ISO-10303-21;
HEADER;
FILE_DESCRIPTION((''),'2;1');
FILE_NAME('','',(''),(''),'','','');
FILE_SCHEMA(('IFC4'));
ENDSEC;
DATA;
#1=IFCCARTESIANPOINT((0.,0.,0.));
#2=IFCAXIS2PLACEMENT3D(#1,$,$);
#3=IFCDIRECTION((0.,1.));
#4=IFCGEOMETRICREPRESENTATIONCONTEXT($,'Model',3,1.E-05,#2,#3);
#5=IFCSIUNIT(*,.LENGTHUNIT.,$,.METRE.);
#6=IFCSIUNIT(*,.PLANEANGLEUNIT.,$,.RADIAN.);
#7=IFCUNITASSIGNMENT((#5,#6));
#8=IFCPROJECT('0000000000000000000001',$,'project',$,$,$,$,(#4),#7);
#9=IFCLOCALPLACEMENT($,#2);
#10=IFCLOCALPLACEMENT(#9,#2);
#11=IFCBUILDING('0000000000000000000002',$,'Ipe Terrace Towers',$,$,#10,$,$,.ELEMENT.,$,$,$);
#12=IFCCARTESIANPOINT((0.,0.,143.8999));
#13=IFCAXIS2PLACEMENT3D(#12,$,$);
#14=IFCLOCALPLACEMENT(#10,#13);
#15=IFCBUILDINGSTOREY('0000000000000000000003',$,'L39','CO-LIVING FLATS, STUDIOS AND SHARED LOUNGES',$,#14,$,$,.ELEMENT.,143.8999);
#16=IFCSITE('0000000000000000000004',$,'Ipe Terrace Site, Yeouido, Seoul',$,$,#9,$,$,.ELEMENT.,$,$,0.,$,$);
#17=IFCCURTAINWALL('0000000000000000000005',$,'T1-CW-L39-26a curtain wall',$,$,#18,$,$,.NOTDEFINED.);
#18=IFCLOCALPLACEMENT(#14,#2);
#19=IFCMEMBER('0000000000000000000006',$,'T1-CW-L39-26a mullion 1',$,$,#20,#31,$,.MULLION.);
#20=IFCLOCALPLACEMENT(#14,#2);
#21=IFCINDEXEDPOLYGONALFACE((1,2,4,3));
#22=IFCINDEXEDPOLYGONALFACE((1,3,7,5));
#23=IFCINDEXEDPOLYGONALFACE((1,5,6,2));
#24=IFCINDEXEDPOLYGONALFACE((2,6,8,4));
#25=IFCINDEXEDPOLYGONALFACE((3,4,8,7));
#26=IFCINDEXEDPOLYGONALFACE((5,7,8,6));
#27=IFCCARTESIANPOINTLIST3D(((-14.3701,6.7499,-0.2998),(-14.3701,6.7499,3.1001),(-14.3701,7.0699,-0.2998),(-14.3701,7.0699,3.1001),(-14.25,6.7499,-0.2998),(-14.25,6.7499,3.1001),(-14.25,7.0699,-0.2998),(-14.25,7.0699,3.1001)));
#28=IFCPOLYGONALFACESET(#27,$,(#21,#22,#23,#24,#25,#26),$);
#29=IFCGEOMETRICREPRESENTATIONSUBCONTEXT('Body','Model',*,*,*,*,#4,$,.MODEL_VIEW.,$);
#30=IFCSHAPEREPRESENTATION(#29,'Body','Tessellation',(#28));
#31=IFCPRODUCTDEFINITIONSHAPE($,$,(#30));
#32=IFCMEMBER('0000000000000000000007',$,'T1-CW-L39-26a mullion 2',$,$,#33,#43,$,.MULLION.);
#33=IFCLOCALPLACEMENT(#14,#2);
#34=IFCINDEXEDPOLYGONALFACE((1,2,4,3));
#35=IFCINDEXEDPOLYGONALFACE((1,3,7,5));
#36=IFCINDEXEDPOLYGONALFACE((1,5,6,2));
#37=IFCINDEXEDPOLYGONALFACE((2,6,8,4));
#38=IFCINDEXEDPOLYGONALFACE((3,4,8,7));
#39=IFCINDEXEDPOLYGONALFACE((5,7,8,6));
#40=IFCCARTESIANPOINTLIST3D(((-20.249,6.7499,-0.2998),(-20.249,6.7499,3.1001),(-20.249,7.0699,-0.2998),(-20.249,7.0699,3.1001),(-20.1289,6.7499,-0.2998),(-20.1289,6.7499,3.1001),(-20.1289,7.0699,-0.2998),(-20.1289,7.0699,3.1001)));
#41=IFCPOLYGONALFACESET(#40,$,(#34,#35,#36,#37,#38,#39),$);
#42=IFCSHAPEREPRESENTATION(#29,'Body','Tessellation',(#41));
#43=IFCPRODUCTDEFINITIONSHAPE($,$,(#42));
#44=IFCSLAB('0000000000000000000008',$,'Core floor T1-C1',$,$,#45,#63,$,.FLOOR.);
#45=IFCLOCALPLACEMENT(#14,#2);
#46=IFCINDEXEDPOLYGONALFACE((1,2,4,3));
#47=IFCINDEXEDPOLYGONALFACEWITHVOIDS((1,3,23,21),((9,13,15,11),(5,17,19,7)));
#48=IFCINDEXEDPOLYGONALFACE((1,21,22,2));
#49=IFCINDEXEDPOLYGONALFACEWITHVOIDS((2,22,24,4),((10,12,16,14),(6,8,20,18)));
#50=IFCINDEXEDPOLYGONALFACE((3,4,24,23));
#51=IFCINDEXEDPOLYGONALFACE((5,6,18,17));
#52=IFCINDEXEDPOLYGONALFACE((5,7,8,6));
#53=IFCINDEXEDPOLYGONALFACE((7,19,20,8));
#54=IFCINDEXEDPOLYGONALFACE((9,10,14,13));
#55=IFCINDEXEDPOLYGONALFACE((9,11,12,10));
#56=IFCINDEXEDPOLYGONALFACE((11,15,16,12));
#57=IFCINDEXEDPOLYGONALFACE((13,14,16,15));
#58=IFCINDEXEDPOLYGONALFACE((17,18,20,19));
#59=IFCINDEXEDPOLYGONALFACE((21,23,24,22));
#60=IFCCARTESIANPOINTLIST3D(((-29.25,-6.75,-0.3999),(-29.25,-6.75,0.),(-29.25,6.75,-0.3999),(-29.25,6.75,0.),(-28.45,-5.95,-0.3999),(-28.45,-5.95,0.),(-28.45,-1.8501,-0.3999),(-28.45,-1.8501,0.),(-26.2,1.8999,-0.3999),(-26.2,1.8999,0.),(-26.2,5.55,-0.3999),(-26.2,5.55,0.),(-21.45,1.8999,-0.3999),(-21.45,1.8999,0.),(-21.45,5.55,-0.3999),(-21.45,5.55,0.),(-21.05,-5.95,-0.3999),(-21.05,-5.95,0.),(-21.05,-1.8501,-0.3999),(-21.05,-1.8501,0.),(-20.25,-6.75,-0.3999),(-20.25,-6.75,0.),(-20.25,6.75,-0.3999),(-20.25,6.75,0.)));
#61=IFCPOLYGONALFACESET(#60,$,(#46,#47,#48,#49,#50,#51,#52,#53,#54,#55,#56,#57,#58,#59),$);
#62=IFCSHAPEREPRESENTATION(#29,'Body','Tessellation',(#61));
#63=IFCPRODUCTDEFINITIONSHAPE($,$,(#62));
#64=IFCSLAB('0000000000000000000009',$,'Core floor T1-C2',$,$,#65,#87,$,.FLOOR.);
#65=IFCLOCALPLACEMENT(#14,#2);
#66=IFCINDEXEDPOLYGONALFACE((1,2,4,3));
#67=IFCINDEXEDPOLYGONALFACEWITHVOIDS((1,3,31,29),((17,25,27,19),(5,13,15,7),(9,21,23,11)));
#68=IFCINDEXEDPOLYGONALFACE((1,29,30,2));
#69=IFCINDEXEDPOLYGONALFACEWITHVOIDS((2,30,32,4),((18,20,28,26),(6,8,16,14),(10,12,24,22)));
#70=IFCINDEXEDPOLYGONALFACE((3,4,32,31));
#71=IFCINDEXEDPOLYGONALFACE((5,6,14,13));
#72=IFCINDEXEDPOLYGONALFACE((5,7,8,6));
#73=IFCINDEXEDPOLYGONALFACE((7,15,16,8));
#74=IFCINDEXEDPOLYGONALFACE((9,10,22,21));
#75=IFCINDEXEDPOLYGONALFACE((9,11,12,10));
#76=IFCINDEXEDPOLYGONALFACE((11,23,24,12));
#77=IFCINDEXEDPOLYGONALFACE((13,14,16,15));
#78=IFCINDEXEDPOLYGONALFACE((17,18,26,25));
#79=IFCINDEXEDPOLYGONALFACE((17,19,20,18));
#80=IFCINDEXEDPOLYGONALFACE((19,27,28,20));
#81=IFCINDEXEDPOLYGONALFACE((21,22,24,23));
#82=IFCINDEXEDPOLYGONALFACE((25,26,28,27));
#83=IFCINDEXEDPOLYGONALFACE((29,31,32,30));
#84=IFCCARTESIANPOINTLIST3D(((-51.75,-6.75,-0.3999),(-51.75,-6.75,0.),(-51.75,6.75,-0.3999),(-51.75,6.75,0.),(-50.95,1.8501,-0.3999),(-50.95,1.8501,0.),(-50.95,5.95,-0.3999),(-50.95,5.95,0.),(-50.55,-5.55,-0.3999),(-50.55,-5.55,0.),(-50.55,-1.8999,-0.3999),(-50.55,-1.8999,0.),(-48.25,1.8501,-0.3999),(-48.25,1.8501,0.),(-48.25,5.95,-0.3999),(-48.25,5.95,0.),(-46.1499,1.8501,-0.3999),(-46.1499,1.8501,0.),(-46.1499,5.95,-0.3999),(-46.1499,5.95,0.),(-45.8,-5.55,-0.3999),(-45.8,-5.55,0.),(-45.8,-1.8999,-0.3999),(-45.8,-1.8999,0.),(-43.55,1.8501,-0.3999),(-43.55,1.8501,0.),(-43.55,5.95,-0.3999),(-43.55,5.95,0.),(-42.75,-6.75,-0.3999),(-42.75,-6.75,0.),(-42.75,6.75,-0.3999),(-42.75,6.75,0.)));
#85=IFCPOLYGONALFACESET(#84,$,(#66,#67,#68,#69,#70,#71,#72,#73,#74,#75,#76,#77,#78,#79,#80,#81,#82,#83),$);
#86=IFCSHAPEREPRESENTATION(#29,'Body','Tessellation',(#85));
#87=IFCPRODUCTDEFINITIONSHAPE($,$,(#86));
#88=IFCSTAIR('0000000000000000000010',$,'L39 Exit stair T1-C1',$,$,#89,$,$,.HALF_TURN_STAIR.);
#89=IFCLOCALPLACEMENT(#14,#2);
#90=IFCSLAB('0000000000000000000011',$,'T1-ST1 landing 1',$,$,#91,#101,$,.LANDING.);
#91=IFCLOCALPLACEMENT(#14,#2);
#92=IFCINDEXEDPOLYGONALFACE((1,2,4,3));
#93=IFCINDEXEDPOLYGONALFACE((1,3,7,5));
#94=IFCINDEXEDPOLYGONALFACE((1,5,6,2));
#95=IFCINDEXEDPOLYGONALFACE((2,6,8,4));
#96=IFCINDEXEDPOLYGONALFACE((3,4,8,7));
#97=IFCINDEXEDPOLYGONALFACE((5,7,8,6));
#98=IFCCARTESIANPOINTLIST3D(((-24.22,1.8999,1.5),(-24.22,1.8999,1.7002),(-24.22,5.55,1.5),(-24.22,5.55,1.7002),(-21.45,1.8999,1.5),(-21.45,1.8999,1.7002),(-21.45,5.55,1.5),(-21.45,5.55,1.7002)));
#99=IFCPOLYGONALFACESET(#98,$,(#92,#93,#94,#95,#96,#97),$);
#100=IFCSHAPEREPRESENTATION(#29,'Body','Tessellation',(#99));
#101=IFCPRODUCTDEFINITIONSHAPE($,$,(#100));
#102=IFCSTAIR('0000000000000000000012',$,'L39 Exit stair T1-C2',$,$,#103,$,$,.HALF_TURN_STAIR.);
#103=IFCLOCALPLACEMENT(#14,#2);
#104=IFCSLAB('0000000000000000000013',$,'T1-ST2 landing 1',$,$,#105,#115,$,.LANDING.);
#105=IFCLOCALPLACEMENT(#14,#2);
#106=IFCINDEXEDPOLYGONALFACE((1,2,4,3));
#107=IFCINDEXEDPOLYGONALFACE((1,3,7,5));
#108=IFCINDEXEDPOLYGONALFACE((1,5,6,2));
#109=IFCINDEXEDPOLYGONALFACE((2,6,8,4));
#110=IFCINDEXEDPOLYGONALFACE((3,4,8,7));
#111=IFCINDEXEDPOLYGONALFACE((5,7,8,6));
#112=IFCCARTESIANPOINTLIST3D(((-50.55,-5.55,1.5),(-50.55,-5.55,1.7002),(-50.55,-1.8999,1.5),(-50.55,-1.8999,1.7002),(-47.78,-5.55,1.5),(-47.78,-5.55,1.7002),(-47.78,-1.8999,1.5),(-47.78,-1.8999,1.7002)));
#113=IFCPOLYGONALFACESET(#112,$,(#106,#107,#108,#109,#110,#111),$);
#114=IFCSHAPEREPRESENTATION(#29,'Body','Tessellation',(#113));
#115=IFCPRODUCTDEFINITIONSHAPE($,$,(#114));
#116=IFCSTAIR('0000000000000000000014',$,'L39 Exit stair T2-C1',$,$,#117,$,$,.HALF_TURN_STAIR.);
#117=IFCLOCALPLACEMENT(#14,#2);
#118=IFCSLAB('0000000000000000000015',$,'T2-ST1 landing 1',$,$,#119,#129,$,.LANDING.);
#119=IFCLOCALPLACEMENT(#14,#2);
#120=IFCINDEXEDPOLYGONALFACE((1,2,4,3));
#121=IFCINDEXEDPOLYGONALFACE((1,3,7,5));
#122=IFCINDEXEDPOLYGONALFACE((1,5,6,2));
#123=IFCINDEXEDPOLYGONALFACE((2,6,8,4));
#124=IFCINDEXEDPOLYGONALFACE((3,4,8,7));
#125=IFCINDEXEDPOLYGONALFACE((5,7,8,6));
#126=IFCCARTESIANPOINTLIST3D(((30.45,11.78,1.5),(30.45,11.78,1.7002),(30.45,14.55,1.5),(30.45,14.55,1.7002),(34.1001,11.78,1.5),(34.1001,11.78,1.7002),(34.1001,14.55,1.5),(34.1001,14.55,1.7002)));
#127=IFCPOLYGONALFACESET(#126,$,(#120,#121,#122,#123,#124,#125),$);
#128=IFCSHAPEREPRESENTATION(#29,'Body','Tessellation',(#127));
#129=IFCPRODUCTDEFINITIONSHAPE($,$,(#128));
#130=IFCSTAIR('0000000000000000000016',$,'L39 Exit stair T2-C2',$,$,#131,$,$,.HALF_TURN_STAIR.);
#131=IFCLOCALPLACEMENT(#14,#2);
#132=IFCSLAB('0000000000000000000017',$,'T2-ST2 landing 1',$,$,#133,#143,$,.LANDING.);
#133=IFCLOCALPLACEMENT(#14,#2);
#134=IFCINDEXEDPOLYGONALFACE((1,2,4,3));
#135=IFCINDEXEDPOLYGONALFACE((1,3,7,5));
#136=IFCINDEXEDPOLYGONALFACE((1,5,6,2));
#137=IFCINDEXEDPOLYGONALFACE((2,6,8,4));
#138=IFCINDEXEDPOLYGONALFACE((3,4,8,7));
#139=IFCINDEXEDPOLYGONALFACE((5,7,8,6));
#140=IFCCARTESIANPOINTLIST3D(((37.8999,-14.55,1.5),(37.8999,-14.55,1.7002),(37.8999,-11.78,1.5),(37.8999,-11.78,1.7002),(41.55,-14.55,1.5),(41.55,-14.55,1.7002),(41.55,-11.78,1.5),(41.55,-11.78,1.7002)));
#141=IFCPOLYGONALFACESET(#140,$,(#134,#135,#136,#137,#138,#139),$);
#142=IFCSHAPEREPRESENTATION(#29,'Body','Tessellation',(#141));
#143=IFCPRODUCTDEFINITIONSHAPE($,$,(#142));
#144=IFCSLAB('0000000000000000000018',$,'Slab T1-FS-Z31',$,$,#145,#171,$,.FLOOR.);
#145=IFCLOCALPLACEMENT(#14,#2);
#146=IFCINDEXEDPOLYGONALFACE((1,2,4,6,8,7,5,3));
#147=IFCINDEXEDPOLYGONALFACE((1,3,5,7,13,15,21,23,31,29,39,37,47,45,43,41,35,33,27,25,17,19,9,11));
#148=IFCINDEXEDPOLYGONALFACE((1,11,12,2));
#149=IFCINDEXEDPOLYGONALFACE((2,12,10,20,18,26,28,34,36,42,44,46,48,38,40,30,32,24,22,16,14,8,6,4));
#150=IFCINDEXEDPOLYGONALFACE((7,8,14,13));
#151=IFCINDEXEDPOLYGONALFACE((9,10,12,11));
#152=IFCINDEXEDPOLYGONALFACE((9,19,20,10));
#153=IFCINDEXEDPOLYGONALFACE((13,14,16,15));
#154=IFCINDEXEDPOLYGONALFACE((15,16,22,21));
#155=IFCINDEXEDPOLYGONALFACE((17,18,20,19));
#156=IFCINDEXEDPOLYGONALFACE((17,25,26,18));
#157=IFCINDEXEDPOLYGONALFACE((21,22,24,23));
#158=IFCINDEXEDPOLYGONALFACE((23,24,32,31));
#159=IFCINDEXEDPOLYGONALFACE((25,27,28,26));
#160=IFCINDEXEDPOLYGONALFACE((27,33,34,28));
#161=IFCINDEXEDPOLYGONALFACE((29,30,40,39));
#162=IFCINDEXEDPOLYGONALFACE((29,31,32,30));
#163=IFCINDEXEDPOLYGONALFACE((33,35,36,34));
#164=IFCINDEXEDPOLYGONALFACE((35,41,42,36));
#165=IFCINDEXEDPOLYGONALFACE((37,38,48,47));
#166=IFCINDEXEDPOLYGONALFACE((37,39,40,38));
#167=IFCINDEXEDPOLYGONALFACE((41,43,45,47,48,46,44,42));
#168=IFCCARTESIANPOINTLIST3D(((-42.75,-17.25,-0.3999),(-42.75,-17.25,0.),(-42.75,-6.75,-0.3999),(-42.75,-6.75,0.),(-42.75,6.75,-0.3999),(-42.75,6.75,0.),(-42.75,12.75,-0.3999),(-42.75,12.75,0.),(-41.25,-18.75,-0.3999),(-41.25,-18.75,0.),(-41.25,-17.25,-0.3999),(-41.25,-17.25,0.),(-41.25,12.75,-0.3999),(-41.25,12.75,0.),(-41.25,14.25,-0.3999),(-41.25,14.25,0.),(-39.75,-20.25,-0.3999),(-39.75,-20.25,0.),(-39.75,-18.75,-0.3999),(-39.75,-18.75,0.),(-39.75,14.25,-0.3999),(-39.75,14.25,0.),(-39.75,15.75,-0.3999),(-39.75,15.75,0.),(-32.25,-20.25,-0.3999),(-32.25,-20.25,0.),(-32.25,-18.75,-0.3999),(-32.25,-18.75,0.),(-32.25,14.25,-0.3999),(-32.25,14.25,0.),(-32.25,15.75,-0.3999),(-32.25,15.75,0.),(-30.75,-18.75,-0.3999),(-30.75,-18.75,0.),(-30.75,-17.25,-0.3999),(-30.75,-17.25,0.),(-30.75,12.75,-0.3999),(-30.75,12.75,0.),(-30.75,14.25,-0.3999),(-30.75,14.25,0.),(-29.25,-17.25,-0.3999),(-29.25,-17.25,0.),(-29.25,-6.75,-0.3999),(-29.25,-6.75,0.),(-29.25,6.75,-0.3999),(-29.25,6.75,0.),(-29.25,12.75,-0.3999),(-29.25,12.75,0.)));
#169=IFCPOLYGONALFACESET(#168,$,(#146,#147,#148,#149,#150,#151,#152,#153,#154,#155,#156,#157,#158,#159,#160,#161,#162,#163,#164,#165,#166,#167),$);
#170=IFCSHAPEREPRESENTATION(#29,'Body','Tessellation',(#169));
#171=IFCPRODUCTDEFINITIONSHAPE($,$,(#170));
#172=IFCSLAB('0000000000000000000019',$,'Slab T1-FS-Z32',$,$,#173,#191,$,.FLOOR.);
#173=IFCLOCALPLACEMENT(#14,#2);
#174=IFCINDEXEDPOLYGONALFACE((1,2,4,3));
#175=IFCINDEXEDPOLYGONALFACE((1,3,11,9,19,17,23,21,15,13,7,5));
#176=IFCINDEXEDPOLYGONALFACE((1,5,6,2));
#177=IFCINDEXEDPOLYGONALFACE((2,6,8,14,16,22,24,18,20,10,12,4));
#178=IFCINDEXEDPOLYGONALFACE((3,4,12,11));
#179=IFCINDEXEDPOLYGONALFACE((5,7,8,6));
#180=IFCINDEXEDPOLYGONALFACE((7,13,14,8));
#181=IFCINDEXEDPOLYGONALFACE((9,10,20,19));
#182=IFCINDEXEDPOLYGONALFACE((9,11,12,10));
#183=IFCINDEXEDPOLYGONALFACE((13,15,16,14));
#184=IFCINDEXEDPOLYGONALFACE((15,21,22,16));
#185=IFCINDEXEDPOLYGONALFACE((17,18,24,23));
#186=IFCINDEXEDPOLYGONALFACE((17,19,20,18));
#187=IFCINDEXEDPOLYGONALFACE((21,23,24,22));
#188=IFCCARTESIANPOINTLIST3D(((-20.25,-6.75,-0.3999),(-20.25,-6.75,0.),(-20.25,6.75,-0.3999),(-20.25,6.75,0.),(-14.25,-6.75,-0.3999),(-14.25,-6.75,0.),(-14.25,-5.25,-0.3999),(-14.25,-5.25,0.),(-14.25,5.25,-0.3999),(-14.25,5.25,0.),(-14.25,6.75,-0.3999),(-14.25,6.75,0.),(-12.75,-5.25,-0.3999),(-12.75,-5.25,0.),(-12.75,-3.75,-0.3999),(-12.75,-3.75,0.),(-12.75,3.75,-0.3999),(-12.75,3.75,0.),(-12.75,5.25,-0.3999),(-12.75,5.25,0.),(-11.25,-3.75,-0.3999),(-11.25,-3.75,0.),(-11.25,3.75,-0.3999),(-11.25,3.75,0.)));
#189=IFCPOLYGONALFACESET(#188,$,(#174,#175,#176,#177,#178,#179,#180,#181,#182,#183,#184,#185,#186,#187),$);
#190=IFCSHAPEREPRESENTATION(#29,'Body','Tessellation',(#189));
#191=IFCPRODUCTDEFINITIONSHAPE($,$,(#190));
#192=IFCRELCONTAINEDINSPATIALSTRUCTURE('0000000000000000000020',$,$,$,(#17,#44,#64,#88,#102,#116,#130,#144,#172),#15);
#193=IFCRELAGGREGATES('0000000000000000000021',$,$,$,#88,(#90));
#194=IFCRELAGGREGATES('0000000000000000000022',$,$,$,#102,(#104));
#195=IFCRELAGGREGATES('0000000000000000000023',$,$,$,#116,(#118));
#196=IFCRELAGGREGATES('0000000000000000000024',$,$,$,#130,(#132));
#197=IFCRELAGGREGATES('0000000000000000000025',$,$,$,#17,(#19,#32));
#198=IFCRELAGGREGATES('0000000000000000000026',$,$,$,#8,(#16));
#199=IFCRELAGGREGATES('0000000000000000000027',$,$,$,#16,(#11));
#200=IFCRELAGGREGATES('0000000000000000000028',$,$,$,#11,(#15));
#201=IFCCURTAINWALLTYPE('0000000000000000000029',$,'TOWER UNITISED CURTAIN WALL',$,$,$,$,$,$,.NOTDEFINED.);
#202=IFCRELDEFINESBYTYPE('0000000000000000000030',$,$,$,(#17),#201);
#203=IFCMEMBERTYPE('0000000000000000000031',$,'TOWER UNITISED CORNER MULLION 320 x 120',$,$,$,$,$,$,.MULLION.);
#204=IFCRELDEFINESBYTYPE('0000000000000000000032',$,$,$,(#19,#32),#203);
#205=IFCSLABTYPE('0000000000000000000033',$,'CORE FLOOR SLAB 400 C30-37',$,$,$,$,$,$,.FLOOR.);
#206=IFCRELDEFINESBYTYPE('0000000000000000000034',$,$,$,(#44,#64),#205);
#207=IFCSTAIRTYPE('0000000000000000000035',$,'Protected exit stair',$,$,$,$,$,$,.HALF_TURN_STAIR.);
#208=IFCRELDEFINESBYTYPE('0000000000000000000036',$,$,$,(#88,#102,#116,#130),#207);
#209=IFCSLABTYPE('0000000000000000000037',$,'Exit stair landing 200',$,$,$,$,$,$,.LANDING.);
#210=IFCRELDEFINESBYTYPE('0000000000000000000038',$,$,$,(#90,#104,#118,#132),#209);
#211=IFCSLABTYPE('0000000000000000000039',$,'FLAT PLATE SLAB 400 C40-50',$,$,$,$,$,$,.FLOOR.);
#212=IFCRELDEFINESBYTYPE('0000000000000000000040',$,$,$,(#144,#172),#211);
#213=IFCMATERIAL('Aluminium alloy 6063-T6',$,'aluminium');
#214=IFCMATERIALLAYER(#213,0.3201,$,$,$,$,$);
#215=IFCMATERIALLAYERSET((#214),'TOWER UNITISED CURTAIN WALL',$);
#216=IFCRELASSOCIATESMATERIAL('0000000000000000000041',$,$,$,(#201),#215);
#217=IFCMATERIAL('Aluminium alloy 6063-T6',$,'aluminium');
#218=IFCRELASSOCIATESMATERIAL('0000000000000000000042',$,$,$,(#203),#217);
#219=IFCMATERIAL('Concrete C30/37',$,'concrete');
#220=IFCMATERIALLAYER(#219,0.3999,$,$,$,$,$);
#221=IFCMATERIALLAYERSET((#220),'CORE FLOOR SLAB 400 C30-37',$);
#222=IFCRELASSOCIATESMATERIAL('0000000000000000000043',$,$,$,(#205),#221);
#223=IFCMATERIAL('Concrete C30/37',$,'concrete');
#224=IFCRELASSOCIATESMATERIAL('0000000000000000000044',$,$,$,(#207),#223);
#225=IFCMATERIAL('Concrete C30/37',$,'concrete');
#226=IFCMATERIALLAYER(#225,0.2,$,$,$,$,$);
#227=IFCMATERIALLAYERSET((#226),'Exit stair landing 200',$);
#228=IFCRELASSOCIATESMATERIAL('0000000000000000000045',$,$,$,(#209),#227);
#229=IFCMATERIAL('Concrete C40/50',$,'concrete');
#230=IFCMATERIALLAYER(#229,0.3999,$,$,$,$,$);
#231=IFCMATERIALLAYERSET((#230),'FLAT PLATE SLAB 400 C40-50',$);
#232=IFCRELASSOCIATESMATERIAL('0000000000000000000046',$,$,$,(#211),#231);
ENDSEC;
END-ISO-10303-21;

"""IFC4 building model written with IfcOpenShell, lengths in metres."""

from ifc_helpers import new_model, si_unit, direction, frame, origin, origin_2d, place, context, subcontext, project, spatial, polyline, rectangle, outline, extrude, material, layer, layer_set, material_profile, profile_set, type_object, element, aggregate, save


model = new_model("IFC4")

# Units and contexts
model_context = context("Model", 3, precision=1e-05, world=origin(), true_north=direction((0.0, 1.0)))
body_context = subcontext(model_context, "Body", "Model", "MODEL_VIEW")
ifc_project = project(units=[si_unit("LENGTHUNIT", "METRE"), si_unit("PLANEANGLEUNIT", "RADIAN")], contexts=[model_context])

# Site, building, storey
site_placement = place(None, origin())
site = spatial("IfcSite", under=ifc_project, at=site_placement, Name="Ipe Terrace Site, Yeouido, Seoul", CompositionType="ELEMENT", RefElevation=0.0)
building_placement = place(site_placement, origin())
building = spatial("IfcBuilding", under=site, at=building_placement, Name="Ipe Terrace Towers", CompositionType="ELEMENT")
storey_placement = place(building_placement, frame((0.0, 0.0, 143.8999)))
storey = spatial("IfcBuildingStorey", under=building, at=storey_placement, Name="L39", Description="CO-LIVING FLATS, STUDIOS AND SHARED LOUNGES", CompositionType="ELEMENT", Elevation=143.8999)

# Shared definitions
ifc_material_1 = material(Name="Aluminium alloy 6063-T6", Category="aluminium")
ifc_layer_1 = layer(ifc_material_1, 0.3201)
ifc_layer_set_1 = layer_set([ifc_layer_1], Name="TOWER UNITISED CURTAIN WALL")
curtain_wall_type = type_object("IfcCurtainWallType", Name="TOWER UNITISED CURTAIN WALL", PredefinedType="NOTDEFINED", material=ifc_layer_set_1)
ifc_material_2 = material(Name="Aluminium alloy 6063-T6", Category="aluminium")
ifc_material_profile_1 = material_profile(ifc_material_2, rectangle(XDim=0.3201, YDim=0.1201, at=origin_2d()), Name="TOWER UNITISED CORNER MULLION 320 x 120")
ifc_profile_set_1 = profile_set([ifc_material_profile_1], Name="Aluminium alloy 6063-T6")
member_type = type_object("IfcMemberType", Name="TOWER UNITISED CORNER MULLION 320 x 120", PredefinedType="MULLION", material=ifc_profile_set_1)

# Curtain wall, members
curtain_wall_1_placement = place(storey_placement, origin())
curtain_wall_1 = element("IfcCurtainWall", 1, at=curtain_wall_1_placement, inside=storey, type_object=curtain_wall_type, Name="T1-CW-L39-26a curtain wall", PredefinedType="NOTDEFINED")
member_1_placement = place(storey_placement, frame((-14.3101, 6.9099, -0.2998), z_axis=(0.0, 0.0, 1.0), x_axis=(0.0, 1.0, 0.0)))
member_1 = element("IfcMember", 2, at=member_1_placement, type_object=member_type, Name="T1-CW-L39-26a mullion 1", PredefinedType="MULLION", context=body_context, shape_type="SweptSolid", body=[
    extrude(rectangle(XDim=0.3201, YDim=0.1201, at=origin_2d()), origin(), (0.0, 0.0, 1.0), 3.3999),
])
member_2_placement = place(storey_placement, frame((-20.189, 6.9099, -0.2998), z_axis=(0.0, 0.0, 1.0), x_axis=(0.0, 1.0, 0.0)))
member_2 = element("IfcMember", 3, at=member_2_placement, type_object=member_type, Name="T1-CW-L39-26a mullion 2", PredefinedType="MULLION", context=body_context, shape_type="SweptSolid", body=[
    extrude(rectangle(XDim=0.3201, YDim=0.1201, at=origin_2d()), origin(), (0.0, 0.0, 1.0), 3.3999),
])

# Slabs
ifc_material_3 = material(Name="Concrete C30/37", Category="concrete")
ifc_layer_2 = layer(ifc_material_3, 0.3999)
ifc_layer_set_2 = layer_set([ifc_layer_2], Name="CORE FLOOR SLAB 400 C30-37")
slab_type_1 = type_object("IfcSlabType", Name="CORE FLOOR SLAB 400 C30-37", PredefinedType="FLOOR", material=ifc_layer_set_2)
slab_1_placement = place(storey_placement, frame((0.0, 0.0, -0.3999)))
element("IfcSlab", 4, at=slab_1_placement, inside=storey, type_object=slab_type_1, Name="Core floor T1-C1", PredefinedType="FLOOR", context=body_context, shape_type="SweptSolid", body=[
    extrude(outline(polyline([(-29.25, -6.75), (-29.25, 6.75), (-20.25, 6.75), (-20.25, -6.75), (-29.25, -6.75)]), holes=[polyline([(-28.45, -5.95), (-21.05, -5.95), (-21.05, -1.8501), (-28.45, -1.8501), (-28.45, -5.95)]), polyline([(-26.2, 5.55), (-26.2, 1.8999), (-21.45, 1.8999), (-21.45, 5.55), (-26.2, 5.55)])]), origin(), (0.0, 0.0, 1.0), 0.3999),
])
slab_2_placement = place(storey_placement, frame((0.0, 0.0, -0.3999)))
element("IfcSlab", 5, at=slab_2_placement, inside=storey, type_object=slab_type_1, Name="Core floor T1-C2", PredefinedType="FLOOR", context=body_context, shape_type="SweptSolid", body=[
    extrude(outline(polyline([(-51.75, -6.75), (-51.75, 6.75), (-42.75, 6.75), (-42.75, -6.75), (-51.75, -6.75)]), holes=[polyline([(-45.8, -1.8999), (-50.55, -1.8999), (-50.55, -5.55), (-45.8, -5.55), (-45.8, -1.8999)]), polyline([(-48.25, 1.8501), (-48.25, 5.95), (-50.95, 5.95), (-50.95, 1.8501), (-48.25, 1.8501)]), polyline([(-43.55, 1.8501), (-43.55, 5.95), (-46.1499, 5.95), (-46.1499, 1.8501), (-43.55, 1.8501)])]), origin(), (0.0, 0.0, 1.0), 0.3999),
])

# Stairs, slabs
ifc_material_4 = material(Name="Concrete C30/37", Category="concrete")
stair_type = type_object("IfcStairType", Name="Protected exit stair", PredefinedType="HALF_TURN_STAIR", material=ifc_material_4)
stair_1_placement = place(storey_placement, origin())
stair_1 = element("IfcStair", 6, at=stair_1_placement, inside=storey, type_object=stair_type, Name="L39 Exit stair T1-C1", PredefinedType="HALF_TURN_STAIR")
ifc_material_5 = material(Name="Concrete C30/37", Category="concrete")
ifc_layer_3 = layer(ifc_material_5, 0.2)
ifc_layer_set_3 = layer_set([ifc_layer_3], Name="Exit stair landing 200")
slab_type_2 = type_object("IfcSlabType", Name="Exit stair landing 200", PredefinedType="LANDING", material=ifc_layer_set_3)
slab_3_placement = place(storey_placement, frame((0.0, 0.0, 1.5)))
slab_3 = element("IfcSlab", 7, at=slab_3_placement, type_object=slab_type_2, Name="T1-ST1 landing 1", PredefinedType="LANDING", context=body_context, shape_type="SweptSolid", body=[
    extrude(outline(polyline([(-24.22, 1.8999), (-21.45, 1.8999), (-21.45, 5.55), (-24.22, 5.55), (-24.22, 1.8999)])), origin(), (0.0, 0.0, 1.0), 0.2002),
])
aggregate(stair_1, [slab_3])
stair_2_placement = place(storey_placement, origin())
stair_2 = element("IfcStair", 8, at=stair_2_placement, inside=storey, type_object=stair_type, Name="L39 Exit stair T1-C2", PredefinedType="HALF_TURN_STAIR")
slab_4_placement = place(storey_placement, frame((0.0, 0.0, 1.5)))
slab_4 = element("IfcSlab", 9, at=slab_4_placement, type_object=slab_type_2, Name="T1-ST2 landing 1", PredefinedType="LANDING", context=body_context, shape_type="SweptSolid", body=[
    extrude(outline(polyline([(-47.78, -1.8999), (-50.55, -1.8999), (-50.55, -5.55), (-47.78, -5.55), (-47.78, -1.8999)])), origin(), (0.0, 0.0, 1.0), 0.2002),
])
aggregate(stair_2, [slab_4])
stair_3_placement = place(storey_placement, origin())
stair_3 = element("IfcStair", 10, at=stair_3_placement, inside=storey, type_object=stair_type, Name="L39 Exit stair T2-C1", PredefinedType="HALF_TURN_STAIR")
slab_5_placement = place(storey_placement, frame((0.0, 0.0, 1.5)))
slab_5 = element("IfcSlab", 11, at=slab_5_placement, type_object=slab_type_2, Name="T2-ST1 landing 1", PredefinedType="LANDING", context=body_context, shape_type="SweptSolid", body=[
    extrude(outline(polyline([(34.1001, 11.78), (34.1001, 14.55), (30.45, 14.55), (30.45, 11.78), (34.1001, 11.78)])), origin(), (0.0, 0.0, 1.0), 0.2002),
])
aggregate(stair_3, [slab_5])
stair_4_placement = place(storey_placement, origin())
stair_4 = element("IfcStair", 12, at=stair_4_placement, inside=storey, type_object=stair_type, Name="L39 Exit stair T2-C2", PredefinedType="HALF_TURN_STAIR")
slab_6_placement = place(storey_placement, frame((0.0, 0.0, 1.5)))
slab_6 = element("IfcSlab", 13, at=slab_6_placement, type_object=slab_type_2, Name="T2-ST2 landing 1", PredefinedType="LANDING", context=body_context, shape_type="SweptSolid", body=[
    extrude(outline(polyline([(37.8999, -11.78), (37.8999, -14.55), (41.55, -14.55), (41.55, -11.78), (37.8999, -11.78)])), origin(), (0.0, 0.0, 1.0), 0.2002),
])
aggregate(stair_4, [slab_6])

# Slabs
ifc_material_6 = material(Name="Concrete C40/50", Category="concrete")
ifc_layer_4 = layer(ifc_material_6, 0.3999)
ifc_layer_set_4 = layer_set([ifc_layer_4], Name="FLAT PLATE SLAB 400 C40-50")
slab_type_3 = type_object("IfcSlabType", Name="FLAT PLATE SLAB 400 C40-50", PredefinedType="FLOOR", material=ifc_layer_set_4)
slab_7_placement = place(storey_placement, frame((0.0, 0.0, -0.3999)))
element("IfcSlab", 14, at=slab_7_placement, inside=storey, type_object=slab_type_3, Name="Slab T1-FS-Z31", PredefinedType="FLOOR", context=body_context, shape_type="SweptSolid", body=[
    extrude(outline(polyline([(-30.75, -17.25), (-30.75, -18.75), (-32.25, -18.75), (-32.25, -20.25), (-39.75, -20.25), (-39.75, -18.75), (-41.25, -18.75), (-41.25, -17.25), (-42.75, -17.25), (-42.75, -6.75), (-42.75, 6.75), (-42.75, 12.75), (-41.25, 12.75), (-41.25, 14.25), (-39.75, 14.25), (-39.75, 15.75), (-32.25, 15.75), (-32.25, 14.25), (-30.75, 14.25), (-30.75, 12.75), (-29.25, 12.75), (-29.25, 6.75), (-29.25, -6.75), (-29.25, -17.25), (-30.75, -17.25)])), origin(), (0.0, 0.0, 1.0), 0.3999),
])
slab_8_placement = place(storey_placement, frame((0.0, 0.0, -0.3999)))
element("IfcSlab", 15, at=slab_8_placement, inside=storey, type_object=slab_type_3, Name="Slab T1-FS-Z32", PredefinedType="FLOOR", context=body_context, shape_type="SweptSolid", body=[
    extrude(outline(polyline([(-14.25, 5.25), (-12.75, 5.25), (-12.75, 3.75), (-11.25, 3.75), (-11.25, -3.75), (-12.75, -3.75), (-12.75, -5.25), (-14.25, -5.25), (-14.25, -6.75), (-20.25, -6.75), (-20.25, 6.75), (-14.25, 6.75), (-14.25, 5.25)])), origin(), (0.0, 0.0, 1.0), 0.3999),
])

aggregate(curtain_wall_1, [member_1, member_2])

save(model, "model.ifc")
